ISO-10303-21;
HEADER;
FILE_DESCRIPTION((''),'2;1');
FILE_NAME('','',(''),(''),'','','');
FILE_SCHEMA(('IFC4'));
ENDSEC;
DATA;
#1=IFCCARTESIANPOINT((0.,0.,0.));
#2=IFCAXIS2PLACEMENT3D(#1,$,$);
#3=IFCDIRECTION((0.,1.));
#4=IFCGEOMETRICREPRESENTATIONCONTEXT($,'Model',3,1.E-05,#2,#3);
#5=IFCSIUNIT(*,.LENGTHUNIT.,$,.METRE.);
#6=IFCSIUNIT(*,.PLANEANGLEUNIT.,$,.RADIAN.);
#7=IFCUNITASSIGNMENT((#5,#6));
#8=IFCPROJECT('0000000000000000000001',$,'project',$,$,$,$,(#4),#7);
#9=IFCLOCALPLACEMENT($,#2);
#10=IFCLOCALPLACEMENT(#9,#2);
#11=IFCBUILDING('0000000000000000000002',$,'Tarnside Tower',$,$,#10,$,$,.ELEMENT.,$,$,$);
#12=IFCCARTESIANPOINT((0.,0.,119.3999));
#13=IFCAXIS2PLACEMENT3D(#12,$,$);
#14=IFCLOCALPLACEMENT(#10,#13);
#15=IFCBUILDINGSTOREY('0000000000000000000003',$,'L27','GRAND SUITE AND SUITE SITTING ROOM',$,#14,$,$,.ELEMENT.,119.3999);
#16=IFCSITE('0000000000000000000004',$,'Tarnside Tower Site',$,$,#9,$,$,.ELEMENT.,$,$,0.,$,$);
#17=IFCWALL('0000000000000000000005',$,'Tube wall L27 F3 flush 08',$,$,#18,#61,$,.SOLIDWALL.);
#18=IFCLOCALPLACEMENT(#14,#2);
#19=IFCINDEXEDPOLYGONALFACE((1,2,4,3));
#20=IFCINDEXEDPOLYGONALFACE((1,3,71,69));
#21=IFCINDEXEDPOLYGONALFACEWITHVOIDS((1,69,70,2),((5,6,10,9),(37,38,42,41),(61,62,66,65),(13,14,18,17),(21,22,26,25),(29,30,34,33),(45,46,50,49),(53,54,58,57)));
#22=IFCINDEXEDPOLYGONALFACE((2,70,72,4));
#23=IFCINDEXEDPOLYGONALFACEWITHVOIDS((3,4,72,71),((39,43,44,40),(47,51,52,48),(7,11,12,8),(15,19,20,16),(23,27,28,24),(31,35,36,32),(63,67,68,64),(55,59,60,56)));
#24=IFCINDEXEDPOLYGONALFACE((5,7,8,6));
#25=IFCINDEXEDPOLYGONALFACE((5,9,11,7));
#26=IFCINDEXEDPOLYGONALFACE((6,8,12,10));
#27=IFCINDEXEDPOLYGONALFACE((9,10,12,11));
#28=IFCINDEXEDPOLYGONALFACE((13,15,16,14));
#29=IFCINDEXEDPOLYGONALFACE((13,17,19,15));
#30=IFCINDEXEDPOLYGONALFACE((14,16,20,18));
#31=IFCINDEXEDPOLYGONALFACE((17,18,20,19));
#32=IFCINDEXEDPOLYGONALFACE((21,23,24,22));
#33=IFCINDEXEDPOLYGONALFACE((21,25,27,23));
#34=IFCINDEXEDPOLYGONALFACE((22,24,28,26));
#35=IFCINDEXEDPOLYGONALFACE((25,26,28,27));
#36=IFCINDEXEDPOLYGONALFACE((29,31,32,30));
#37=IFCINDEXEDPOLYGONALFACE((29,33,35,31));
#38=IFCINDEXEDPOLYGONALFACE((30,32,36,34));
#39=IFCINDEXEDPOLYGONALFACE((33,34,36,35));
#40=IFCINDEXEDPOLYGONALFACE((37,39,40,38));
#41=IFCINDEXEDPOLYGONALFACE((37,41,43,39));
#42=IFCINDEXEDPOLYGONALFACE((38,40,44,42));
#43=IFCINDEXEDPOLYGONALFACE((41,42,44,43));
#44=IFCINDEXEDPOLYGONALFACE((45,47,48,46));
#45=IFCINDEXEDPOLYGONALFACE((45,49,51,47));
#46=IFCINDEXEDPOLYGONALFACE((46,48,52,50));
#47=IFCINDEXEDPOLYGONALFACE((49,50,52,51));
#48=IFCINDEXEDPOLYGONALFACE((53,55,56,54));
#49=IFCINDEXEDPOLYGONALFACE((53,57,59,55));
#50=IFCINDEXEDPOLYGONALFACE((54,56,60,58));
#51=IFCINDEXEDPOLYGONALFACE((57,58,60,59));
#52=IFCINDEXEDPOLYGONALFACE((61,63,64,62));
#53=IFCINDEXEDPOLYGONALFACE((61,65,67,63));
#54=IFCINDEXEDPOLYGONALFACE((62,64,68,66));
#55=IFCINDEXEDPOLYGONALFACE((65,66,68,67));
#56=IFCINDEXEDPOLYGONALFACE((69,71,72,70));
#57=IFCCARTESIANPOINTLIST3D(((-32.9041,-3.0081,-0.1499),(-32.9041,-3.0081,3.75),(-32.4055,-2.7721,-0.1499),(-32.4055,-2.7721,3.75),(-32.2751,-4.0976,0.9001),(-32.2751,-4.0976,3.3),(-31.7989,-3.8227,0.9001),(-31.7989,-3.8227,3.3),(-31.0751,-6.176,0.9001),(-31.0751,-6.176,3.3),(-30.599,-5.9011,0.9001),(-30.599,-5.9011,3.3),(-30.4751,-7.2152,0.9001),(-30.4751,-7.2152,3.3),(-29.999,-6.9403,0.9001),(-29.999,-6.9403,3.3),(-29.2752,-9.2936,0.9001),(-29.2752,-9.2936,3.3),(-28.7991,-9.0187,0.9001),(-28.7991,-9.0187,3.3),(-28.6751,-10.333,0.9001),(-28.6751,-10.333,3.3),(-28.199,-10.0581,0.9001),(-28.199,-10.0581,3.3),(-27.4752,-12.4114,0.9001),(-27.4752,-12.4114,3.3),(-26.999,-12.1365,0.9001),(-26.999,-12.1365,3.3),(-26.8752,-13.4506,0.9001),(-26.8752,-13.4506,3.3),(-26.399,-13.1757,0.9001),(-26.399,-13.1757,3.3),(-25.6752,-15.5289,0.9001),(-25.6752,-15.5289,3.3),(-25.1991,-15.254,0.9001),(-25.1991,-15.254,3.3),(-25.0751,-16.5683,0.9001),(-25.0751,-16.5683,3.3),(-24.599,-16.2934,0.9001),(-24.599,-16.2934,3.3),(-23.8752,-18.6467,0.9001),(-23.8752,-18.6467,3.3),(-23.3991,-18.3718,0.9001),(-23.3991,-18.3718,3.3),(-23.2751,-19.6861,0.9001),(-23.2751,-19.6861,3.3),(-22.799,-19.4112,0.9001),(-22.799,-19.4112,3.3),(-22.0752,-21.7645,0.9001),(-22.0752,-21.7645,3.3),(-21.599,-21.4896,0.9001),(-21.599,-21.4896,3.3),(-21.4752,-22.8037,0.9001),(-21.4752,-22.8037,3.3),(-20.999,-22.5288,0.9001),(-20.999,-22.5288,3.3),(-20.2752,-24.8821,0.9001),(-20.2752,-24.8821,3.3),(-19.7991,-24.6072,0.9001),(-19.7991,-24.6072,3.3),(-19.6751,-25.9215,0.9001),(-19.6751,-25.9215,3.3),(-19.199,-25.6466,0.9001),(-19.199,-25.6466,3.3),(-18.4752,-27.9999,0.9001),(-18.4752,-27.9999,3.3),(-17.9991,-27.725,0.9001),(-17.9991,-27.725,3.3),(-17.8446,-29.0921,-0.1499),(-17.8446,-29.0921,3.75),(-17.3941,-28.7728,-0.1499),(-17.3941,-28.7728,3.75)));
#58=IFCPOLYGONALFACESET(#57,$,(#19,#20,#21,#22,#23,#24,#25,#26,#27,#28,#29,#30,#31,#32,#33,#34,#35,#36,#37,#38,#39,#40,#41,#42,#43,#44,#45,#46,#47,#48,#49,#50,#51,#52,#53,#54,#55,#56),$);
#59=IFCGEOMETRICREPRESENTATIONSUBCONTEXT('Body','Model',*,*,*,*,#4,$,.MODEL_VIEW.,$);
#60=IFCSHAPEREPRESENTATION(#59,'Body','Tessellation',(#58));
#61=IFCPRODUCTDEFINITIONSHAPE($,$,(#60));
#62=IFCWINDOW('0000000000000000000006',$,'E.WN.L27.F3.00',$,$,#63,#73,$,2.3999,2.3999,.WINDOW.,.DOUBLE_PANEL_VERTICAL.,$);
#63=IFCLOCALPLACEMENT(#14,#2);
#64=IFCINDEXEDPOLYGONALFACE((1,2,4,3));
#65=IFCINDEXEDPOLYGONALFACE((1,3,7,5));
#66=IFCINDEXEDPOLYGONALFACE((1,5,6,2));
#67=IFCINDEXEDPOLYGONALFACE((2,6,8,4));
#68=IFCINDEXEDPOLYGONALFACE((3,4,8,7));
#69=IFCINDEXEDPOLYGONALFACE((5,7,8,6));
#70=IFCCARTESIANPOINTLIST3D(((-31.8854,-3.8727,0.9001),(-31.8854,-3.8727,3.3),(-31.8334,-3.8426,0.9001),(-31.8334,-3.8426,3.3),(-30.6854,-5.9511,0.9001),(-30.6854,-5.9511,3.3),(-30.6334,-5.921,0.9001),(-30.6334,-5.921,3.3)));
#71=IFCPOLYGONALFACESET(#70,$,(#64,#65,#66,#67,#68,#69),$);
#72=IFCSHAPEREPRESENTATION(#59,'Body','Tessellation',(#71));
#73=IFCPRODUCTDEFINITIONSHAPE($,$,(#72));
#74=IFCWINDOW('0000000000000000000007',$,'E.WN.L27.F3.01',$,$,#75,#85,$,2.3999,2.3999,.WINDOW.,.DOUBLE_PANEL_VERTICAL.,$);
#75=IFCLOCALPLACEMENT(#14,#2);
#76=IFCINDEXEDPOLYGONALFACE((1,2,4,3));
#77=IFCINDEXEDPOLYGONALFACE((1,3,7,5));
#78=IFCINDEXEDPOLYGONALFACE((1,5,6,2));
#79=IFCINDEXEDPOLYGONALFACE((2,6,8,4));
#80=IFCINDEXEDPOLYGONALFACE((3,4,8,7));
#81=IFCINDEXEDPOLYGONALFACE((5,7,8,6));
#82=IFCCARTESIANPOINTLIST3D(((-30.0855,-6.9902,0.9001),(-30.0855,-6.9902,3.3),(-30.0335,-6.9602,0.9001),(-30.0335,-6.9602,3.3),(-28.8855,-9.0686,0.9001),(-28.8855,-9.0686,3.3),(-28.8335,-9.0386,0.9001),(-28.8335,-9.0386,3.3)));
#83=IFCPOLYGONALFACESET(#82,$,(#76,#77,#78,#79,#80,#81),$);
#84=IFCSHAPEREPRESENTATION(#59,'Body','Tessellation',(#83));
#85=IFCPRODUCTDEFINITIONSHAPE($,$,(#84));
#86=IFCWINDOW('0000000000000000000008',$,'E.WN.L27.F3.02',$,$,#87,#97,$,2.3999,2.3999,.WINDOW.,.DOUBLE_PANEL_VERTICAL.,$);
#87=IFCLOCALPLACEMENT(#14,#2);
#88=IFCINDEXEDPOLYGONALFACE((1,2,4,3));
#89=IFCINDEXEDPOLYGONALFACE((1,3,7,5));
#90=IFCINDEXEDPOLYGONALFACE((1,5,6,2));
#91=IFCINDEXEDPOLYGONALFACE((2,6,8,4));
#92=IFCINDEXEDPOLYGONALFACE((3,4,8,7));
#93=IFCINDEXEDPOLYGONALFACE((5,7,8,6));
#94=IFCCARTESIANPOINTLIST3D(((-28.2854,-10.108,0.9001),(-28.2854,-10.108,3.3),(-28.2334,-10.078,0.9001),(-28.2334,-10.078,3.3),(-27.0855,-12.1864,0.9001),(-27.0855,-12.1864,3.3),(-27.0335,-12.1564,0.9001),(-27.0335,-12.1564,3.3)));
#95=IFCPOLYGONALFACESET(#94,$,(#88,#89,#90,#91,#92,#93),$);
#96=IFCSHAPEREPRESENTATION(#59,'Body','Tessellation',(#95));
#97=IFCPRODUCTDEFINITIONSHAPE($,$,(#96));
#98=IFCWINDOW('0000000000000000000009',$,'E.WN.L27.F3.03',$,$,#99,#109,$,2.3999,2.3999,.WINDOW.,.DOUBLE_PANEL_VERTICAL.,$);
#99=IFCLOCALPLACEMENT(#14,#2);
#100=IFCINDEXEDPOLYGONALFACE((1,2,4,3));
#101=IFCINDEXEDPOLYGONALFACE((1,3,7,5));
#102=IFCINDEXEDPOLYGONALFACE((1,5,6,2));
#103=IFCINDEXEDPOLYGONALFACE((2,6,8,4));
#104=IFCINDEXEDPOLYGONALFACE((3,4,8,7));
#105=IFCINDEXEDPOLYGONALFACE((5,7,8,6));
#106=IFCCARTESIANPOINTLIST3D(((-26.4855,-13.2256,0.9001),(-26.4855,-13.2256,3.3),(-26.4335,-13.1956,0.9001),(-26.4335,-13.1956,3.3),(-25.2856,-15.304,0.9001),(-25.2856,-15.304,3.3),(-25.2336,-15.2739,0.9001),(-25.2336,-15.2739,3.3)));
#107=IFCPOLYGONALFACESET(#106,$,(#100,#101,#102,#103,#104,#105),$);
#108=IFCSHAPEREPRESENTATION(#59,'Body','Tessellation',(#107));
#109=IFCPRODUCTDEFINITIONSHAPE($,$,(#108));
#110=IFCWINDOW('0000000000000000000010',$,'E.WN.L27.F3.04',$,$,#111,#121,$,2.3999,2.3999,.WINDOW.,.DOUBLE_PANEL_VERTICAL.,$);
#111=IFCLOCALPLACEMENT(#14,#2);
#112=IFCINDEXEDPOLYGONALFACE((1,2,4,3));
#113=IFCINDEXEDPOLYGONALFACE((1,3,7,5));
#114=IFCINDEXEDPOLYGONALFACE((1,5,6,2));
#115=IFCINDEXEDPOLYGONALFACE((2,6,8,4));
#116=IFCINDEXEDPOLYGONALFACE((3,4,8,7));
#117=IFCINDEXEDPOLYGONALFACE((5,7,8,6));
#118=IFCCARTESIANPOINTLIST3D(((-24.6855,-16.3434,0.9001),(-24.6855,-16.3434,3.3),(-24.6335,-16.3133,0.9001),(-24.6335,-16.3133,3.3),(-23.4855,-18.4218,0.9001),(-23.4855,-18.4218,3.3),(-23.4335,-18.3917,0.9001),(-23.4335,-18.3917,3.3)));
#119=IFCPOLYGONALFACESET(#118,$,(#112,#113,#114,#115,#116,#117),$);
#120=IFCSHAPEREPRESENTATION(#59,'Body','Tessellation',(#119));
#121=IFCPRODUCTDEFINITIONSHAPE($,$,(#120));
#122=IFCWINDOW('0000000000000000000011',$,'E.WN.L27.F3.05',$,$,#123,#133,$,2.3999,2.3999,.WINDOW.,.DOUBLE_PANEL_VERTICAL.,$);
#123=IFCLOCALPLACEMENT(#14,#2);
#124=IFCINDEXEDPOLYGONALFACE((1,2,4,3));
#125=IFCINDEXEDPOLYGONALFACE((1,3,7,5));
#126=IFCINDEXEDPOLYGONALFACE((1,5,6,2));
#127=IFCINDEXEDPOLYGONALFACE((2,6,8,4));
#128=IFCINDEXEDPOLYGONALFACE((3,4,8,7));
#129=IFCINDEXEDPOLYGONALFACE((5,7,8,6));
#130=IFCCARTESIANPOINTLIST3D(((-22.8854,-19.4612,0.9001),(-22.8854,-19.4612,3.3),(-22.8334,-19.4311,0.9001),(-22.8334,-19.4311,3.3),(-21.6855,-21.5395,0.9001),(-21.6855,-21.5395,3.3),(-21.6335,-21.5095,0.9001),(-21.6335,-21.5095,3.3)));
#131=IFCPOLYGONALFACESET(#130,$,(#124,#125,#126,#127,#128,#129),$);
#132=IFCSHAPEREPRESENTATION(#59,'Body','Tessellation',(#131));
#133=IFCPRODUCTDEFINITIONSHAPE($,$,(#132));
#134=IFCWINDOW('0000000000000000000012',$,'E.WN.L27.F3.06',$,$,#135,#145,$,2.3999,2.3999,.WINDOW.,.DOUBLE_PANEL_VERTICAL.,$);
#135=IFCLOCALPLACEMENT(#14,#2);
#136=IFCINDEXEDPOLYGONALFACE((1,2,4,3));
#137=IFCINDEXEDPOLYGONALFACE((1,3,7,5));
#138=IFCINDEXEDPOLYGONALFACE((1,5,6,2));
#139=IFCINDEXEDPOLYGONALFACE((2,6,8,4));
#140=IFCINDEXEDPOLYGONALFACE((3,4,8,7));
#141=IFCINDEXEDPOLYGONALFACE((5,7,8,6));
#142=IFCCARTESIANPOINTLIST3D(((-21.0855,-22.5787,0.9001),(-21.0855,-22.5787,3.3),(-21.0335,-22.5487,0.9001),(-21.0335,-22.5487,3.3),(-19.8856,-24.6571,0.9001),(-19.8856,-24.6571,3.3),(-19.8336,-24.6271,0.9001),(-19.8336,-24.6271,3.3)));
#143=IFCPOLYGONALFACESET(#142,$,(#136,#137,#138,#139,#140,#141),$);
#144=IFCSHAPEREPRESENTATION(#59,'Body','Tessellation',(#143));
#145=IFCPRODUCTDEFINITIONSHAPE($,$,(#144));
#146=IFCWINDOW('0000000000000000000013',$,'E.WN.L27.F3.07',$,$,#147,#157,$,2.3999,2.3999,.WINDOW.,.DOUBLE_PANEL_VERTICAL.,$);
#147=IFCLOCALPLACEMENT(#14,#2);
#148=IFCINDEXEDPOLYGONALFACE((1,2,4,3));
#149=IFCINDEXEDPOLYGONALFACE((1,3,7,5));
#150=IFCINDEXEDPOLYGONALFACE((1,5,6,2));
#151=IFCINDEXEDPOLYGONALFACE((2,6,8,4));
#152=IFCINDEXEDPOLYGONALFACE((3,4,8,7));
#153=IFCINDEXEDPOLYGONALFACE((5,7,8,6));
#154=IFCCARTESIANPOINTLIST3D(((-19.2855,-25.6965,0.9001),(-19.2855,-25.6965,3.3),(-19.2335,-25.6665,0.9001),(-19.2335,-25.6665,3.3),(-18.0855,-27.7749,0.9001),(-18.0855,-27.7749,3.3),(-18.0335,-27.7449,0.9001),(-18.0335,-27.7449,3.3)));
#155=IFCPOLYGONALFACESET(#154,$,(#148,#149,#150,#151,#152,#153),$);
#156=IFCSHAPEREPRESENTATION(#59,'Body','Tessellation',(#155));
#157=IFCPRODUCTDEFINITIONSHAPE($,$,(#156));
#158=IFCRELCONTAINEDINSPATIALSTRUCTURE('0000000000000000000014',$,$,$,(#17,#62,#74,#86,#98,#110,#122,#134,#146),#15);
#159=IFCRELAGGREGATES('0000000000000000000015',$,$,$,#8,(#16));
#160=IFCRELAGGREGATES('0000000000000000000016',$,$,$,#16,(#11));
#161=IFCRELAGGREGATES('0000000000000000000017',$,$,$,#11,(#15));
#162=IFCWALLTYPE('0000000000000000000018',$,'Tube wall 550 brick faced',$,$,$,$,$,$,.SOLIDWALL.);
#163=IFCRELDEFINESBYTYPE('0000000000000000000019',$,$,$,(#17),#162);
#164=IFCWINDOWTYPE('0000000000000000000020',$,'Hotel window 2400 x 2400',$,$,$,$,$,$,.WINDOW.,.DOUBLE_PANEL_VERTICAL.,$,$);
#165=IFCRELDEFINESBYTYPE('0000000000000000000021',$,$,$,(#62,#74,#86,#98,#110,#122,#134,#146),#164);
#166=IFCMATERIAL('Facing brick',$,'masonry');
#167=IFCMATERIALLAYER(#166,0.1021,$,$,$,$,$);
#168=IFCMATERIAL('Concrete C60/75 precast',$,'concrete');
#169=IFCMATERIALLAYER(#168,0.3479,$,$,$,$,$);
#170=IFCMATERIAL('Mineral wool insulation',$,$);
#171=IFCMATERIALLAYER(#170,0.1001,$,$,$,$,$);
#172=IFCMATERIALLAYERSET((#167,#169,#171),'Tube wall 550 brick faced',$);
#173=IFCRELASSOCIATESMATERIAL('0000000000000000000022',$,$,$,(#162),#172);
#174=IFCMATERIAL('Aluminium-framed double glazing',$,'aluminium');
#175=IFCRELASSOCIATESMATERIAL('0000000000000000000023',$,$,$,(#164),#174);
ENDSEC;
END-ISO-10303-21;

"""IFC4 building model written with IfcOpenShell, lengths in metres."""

from ifc_helpers import new_model, si_unit, direction, frame, frame_2d, origin, place, context, subcontext, project, spatial, polyline, rectangle, outline, extrude, material, layer, layer_set, type_object, element, fill, save


model = new_model("IFC4")

# Units and contexts
model_context = context("Model", 3, precision=1e-05, world=origin(), true_north=direction((0.0, 1.0)))
body_context = subcontext(model_context, "Body", "Model", "MODEL_VIEW")
ifc_project = project(units=[si_unit("LENGTHUNIT", "METRE"), si_unit("PLANEANGLEUNIT", "RADIAN")], contexts=[model_context])

# Site, building, storey
site_placement = place(None, origin())
site = spatial("IfcSite", under=ifc_project, at=site_placement, Name="Tarnside Tower Site", CompositionType="ELEMENT", RefElevation=0.0)
building_placement = place(site_placement, origin())
building = spatial("IfcBuilding", under=site, at=building_placement, Name="Tarnside Tower", CompositionType="ELEMENT")
storey_placement = place(building_placement, frame((0.0, 0.0, 119.3999)))
storey = spatial("IfcBuildingStorey", under=building, at=storey_placement, Name="L27", Description="GRAND SUITE AND SUITE SITTING ROOM", CompositionType="ELEMENT", Elevation=119.3999)

# Shared definitions
ifc_material_1 = material(Name="Facing brick", Category="masonry")
ifc_layer_1 = layer(ifc_material_1, 0.1021)
ifc_material_2 = material(Name="Concrete C60/75 precast", Category="concrete")
ifc_layer_2 = layer(ifc_material_2, 0.3479)
ifc_material_3 = material(Name="Mineral wool insulation")
ifc_layer_3 = layer(ifc_material_3, 0.1001)
ifc_layer_set_1 = layer_set([ifc_layer_1, ifc_layer_2, ifc_layer_3], Name="Tube wall 550 brick faced")
wall_type_1 = type_object("IfcWallType", Name="Tube wall 550 brick faced", PredefinedType="SOLIDWALL", material=ifc_layer_set_1)

# Wall, openings, windows
wall_1_placement = place(storey_placement, frame((-32.6548, -2.8901, -0.1499), z_axis=(0.0, 0.0, 1.0), x_axis=(0.499998, -0.866027, 0.0)))
wall_1 = element("IfcWall", 1, at=wall_1_placement, inside=storey, type_object=wall_type_1, Name="Tube wall L27 F3 flush 08", PredefinedType="SOLIDWALL", context=body_context, shape_type="SweptSolid", body=[
    extrude(outline(polyline([(-0.0225, -0.2749), (30.0967, -0.2749), (30.0454, 0.2749), (0.0225, 0.2749), (-0.0225, -0.2749)])), origin(), (0.0, 0.0, 1.0), 3.8999),
])
opening_1_placement = place(wall_1_placement, frame((1.2356, 0.0, 1.05)))
opening_1 = element("IfcOpeningElement", 2, at=opening_1_placement, cuts=wall_1, PredefinedType="OPENING", context=body_context, shape_type="SweptSolid", body=[
    extrude(rectangle(XDim=2.3999, YDim=2.3999, at=frame_2d((1.2, 1.2))), frame((0.0, 0.2852, 0.0), z_axis=(0.0, -1.0, 0.0), x_axis=(1.0, 0.0, 0.0)), (0.0, 0.0, 1.0), 0.5701),
])
opening_2_placement = place(wall_1_placement, frame((4.8354, 0.0, 1.05)))
opening_2 = element("IfcOpeningElement", 3, at=opening_2_placement, cuts=wall_1, PredefinedType="OPENING", context=body_context, shape_type="SweptSolid", body=[
    extrude(rectangle(XDim=2.3999, YDim=2.3999, at=frame_2d((1.2, 1.2))), frame((0.0, 0.2852, 0.0), z_axis=(0.0, -1.0, 0.0), x_axis=(1.0, 0.0, 0.0)), (0.0, 0.0, 1.0), 0.5701),
])
opening_3_placement = place(wall_1_placement, frame((8.4355, 0.0, 1.05)))
opening_3 = element("IfcOpeningElement", 4, at=opening_3_placement, cuts=wall_1, PredefinedType="OPENING", context=body_context, shape_type="SweptSolid", body=[
    extrude(rectangle(XDim=2.3999, YDim=2.3999, at=frame_2d((1.2, 1.2))), frame((0.0, 0.2852, 0.0), z_axis=(0.0, -1.0, 0.0), x_axis=(1.0, 0.0, 0.0)), (0.0, 0.0, 1.0), 0.5701),
])
opening_4_placement = place(wall_1_placement, frame((12.0354, 0.0, 1.05)))
opening_4 = element("IfcOpeningElement", 5, at=opening_4_placement, cuts=wall_1, PredefinedType="OPENING", context=body_context, shape_type="SweptSolid", body=[
    extrude(rectangle(XDim=2.3999, YDim=2.3999, at=frame_2d((1.2, 1.2))), frame((0.0, 0.2852, 0.0), z_axis=(0.0, -1.0, 0.0), x_axis=(1.0, 0.0, 0.0)), (0.0, 0.0, 1.0), 0.5701),
])
opening_5_placement = place(wall_1_placement, frame((15.6355, 0.0, 1.05)))
opening_5 = element("IfcOpeningElement", 6, at=opening_5_placement, cuts=wall_1, PredefinedType="OPENING", context=body_context, shape_type="SweptSolid", body=[
    extrude(rectangle(XDim=2.3999, YDim=2.3999, at=frame_2d((1.2, 1.2))), frame((0.0, 0.2852, 0.0), z_axis=(0.0, -1.0, 0.0), x_axis=(1.0, 0.0, 0.0)), (0.0, 0.0, 1.0), 0.5701),
])
opening_6_placement = place(wall_1_placement, frame((19.2356, 0.0, 1.05)))
opening_6 = element("IfcOpeningElement", 7, at=opening_6_placement, cuts=wall_1, PredefinedType="OPENING", context=body_context, shape_type="SweptSolid", body=[
    extrude(rectangle(XDim=2.3999, YDim=2.3999, at=frame_2d((1.2, 1.2))), frame((0.0, 0.2852, 0.0), z_axis=(0.0, -1.0, 0.0), x_axis=(1.0, 0.0, 0.0)), (0.0, 0.0, 1.0), 0.5701),
])
opening_7_placement = place(wall_1_placement, frame((22.8354, 0.0, 1.05)))
opening_7 = element("IfcOpeningElement", 8, at=opening_7_placement, cuts=wall_1, PredefinedType="OPENING", context=body_context, shape_type="SweptSolid", body=[
    extrude(rectangle(XDim=2.3999, YDim=2.3999, at=frame_2d((1.2, 1.2))), frame((0.0, 0.2852, 0.0), z_axis=(0.0, -1.0, 0.0), x_axis=(1.0, 0.0, 0.0)), (0.0, 0.0, 1.0), 0.5701),
])
opening_8_placement = place(wall_1_placement, frame((26.4355, 0.0, 1.05)))
opening_8 = element("IfcOpeningElement", 9, at=opening_8_placement, cuts=wall_1, PredefinedType="OPENING", context=body_context, shape_type="SweptSolid", body=[
    extrude(rectangle(XDim=2.3999, YDim=2.3999, at=frame_2d((1.2, 1.2))), frame((0.0, 0.2852, 0.0), z_axis=(0.0, -1.0, 0.0), x_axis=(1.0, 0.0, 0.0)), (0.0, 0.0, 1.0), 0.5701),
])
ifc_material_4 = material(Name="Aluminium-framed double glazing", Category="aluminium")
window_type = type_object("IfcWindowType", Name="Hotel window 2400 x 2400", PartitioningType="DOUBLE_PANEL_VERTICAL", PredefinedType="WINDOW", material=ifc_material_4)
window_1_placement = place(opening_1_placement, frame((0.0, 0.2051, 0.0)))
window_1 = element("IfcWindow", 10, at=window_1_placement, inside=storey, type_object=window_type, Name="E.WN.L27.F3.00", OverallHeight=2.3999, OverallWidth=2.3999, PartitioningType="DOUBLE_PANEL_VERTICAL", PredefinedType="WINDOW", context=body_context, shape_type="SweptSolid", body=[
    extrude(rectangle(XDim=2.3999, YDim=2.3999, at=frame_2d((1.2, 1.2))), frame((0.0, 0.03, 0.0), z_axis=(0.0, -1.0, 0.0), x_axis=(1.0, 0.0, 0.0)), (0.0, 0.0, 1.0), 0.0601),
])
fill(opening_1, window_1)
window_2_placement = place(opening_2_placement, frame((0.0, 0.2051, 0.0)))
window_2 = element("IfcWindow", 11, at=window_2_placement, inside=storey, type_object=window_type, Name="E.WN.L27.F3.01", OverallHeight=2.3999, OverallWidth=2.3999, PartitioningType="DOUBLE_PANEL_VERTICAL", PredefinedType="WINDOW", context=body_context, shape_type="SweptSolid", body=[
    extrude(rectangle(XDim=2.3999, YDim=2.3999, at=frame_2d((1.2, 1.2))), frame((0.0, 0.03, 0.0), z_axis=(0.0, -1.0, 0.0), x_axis=(1.0, 0.0, 0.0)), (0.0, 0.0, 1.0), 0.0601),
])
fill(opening_2, window_2)
window_3_placement = place(opening_3_placement, frame((0.0, 0.2051, 0.0)))
window_3 = element("IfcWindow", 12, at=window_3_placement, inside=storey, type_object=window_type, Name="E.WN.L27.F3.02", OverallHeight=2.3999, OverallWidth=2.3999, PartitioningType="DOUBLE_PANEL_VERTICAL", PredefinedType="WINDOW", context=body_context, shape_type="SweptSolid", body=[
    extrude(rectangle(XDim=2.3999, YDim=2.3999, at=frame_2d((1.2, 1.2))), frame((0.0, 0.03, 0.0), z_axis=(0.0, -1.0, 0.0), x_axis=(1.0, 0.0, 0.0)), (0.0, 0.0, 1.0), 0.0601),
])
fill(opening_3, window_3)
window_4_placement = place(opening_4_placement, frame((0.0, 0.2051, 0.0)))
window_4 = element("IfcWindow", 13, at=window_4_placement, inside=storey, type_object=window_type, Name="E.WN.L27.F3.03", OverallHeight=2.3999, OverallWidth=2.3999, PartitioningType="DOUBLE_PANEL_VERTICAL", PredefinedType="WINDOW", context=body_context, shape_type="SweptSolid", body=[
    extrude(rectangle(XDim=2.3999, YDim=2.3999, at=frame_2d((1.2, 1.2))), frame((0.0, 0.03, 0.0), z_axis=(0.0, -1.0, 0.0), x_axis=(1.0, 0.0, 0.0)), (0.0, 0.0, 1.0), 0.0601),
])
fill(opening_4, window_4)
window_5_placement = place(opening_5_placement, frame((0.0, 0.2051, 0.0)))
window_5 = element("IfcWindow", 14, at=window_5_placement, inside=storey, type_object=window_type, Name="E.WN.L27.F3.04", OverallHeight=2.3999, OverallWidth=2.3999, PartitioningType="DOUBLE_PANEL_VERTICAL", PredefinedType="WINDOW", context=body_context, shape_type="SweptSolid", body=[
    extrude(rectangle(XDim=2.3999, YDim=2.3999, at=frame_2d((1.2, 1.2))), frame((0.0, 0.03, 0.0), z_axis=(0.0, -1.0, 0.0), x_axis=(1.0, 0.0, 0.0)), (0.0, 0.0, 1.0), 0.0601),
])
fill(opening_5, window_5)
window_6_placement = place(opening_6_placement, frame((0.0, 0.2051, 0.0)))
window_6 = element("IfcWindow", 15, at=window_6_placement, inside=storey, type_object=window_type, Name="E.WN.L27.F3.05", OverallHeight=2.3999, OverallWidth=2.3999, PartitioningType="DOUBLE_PANEL_VERTICAL", PredefinedType="WINDOW", context=body_context, shape_type="SweptSolid", body=[
    extrude(rectangle(XDim=2.3999, YDim=2.3999, at=frame_2d((1.2, 1.2))), frame((0.0, 0.03, 0.0), z_axis=(0.0, -1.0, 0.0), x_axis=(1.0, 0.0, 0.0)), (0.0, 0.0, 1.0), 0.0601),
])
fill(opening_6, window_6)
window_7_placement = place(opening_7_placement, frame((0.0, 0.2051, 0.0)))
window_7 = element("IfcWindow", 16, at=window_7_placement, inside=storey, type_object=window_type, Name="E.WN.L27.F3.06", OverallHeight=2.3999, OverallWidth=2.3999, PartitioningType="DOUBLE_PANEL_VERTICAL", PredefinedType="WINDOW", context=body_context, shape_type="SweptSolid", body=[
    extrude(rectangle(XDim=2.3999, YDim=2.3999, at=frame_2d((1.2, 1.2))), frame((0.0, 0.03, 0.0), z_axis=(0.0, -1.0, 0.0), x_axis=(1.0, 0.0, 0.0)), (0.0, 0.0, 1.0), 0.0601),
])
fill(opening_7, window_7)
window_8_placement = place(opening_8_placement, frame((0.0, 0.2051, 0.0)))
window_8 = element("IfcWindow", 17, at=window_8_placement, inside=storey, type_object=window_type, Name="E.WN.L27.F3.07", OverallHeight=2.3999, OverallWidth=2.3999, PartitioningType="DOUBLE_PANEL_VERTICAL", PredefinedType="WINDOW", context=body_context, shape_type="SweptSolid", body=[
    extrude(rectangle(XDim=2.3999, YDim=2.3999, at=frame_2d((1.2, 1.2))), frame((0.0, 0.03, 0.0), z_axis=(0.0, -1.0, 0.0), x_axis=(1.0, 0.0, 0.0)), (0.0, 0.0, 1.0), 0.0601),
])
fill(opening_8, window_8)

save(model, "model.ifc")
